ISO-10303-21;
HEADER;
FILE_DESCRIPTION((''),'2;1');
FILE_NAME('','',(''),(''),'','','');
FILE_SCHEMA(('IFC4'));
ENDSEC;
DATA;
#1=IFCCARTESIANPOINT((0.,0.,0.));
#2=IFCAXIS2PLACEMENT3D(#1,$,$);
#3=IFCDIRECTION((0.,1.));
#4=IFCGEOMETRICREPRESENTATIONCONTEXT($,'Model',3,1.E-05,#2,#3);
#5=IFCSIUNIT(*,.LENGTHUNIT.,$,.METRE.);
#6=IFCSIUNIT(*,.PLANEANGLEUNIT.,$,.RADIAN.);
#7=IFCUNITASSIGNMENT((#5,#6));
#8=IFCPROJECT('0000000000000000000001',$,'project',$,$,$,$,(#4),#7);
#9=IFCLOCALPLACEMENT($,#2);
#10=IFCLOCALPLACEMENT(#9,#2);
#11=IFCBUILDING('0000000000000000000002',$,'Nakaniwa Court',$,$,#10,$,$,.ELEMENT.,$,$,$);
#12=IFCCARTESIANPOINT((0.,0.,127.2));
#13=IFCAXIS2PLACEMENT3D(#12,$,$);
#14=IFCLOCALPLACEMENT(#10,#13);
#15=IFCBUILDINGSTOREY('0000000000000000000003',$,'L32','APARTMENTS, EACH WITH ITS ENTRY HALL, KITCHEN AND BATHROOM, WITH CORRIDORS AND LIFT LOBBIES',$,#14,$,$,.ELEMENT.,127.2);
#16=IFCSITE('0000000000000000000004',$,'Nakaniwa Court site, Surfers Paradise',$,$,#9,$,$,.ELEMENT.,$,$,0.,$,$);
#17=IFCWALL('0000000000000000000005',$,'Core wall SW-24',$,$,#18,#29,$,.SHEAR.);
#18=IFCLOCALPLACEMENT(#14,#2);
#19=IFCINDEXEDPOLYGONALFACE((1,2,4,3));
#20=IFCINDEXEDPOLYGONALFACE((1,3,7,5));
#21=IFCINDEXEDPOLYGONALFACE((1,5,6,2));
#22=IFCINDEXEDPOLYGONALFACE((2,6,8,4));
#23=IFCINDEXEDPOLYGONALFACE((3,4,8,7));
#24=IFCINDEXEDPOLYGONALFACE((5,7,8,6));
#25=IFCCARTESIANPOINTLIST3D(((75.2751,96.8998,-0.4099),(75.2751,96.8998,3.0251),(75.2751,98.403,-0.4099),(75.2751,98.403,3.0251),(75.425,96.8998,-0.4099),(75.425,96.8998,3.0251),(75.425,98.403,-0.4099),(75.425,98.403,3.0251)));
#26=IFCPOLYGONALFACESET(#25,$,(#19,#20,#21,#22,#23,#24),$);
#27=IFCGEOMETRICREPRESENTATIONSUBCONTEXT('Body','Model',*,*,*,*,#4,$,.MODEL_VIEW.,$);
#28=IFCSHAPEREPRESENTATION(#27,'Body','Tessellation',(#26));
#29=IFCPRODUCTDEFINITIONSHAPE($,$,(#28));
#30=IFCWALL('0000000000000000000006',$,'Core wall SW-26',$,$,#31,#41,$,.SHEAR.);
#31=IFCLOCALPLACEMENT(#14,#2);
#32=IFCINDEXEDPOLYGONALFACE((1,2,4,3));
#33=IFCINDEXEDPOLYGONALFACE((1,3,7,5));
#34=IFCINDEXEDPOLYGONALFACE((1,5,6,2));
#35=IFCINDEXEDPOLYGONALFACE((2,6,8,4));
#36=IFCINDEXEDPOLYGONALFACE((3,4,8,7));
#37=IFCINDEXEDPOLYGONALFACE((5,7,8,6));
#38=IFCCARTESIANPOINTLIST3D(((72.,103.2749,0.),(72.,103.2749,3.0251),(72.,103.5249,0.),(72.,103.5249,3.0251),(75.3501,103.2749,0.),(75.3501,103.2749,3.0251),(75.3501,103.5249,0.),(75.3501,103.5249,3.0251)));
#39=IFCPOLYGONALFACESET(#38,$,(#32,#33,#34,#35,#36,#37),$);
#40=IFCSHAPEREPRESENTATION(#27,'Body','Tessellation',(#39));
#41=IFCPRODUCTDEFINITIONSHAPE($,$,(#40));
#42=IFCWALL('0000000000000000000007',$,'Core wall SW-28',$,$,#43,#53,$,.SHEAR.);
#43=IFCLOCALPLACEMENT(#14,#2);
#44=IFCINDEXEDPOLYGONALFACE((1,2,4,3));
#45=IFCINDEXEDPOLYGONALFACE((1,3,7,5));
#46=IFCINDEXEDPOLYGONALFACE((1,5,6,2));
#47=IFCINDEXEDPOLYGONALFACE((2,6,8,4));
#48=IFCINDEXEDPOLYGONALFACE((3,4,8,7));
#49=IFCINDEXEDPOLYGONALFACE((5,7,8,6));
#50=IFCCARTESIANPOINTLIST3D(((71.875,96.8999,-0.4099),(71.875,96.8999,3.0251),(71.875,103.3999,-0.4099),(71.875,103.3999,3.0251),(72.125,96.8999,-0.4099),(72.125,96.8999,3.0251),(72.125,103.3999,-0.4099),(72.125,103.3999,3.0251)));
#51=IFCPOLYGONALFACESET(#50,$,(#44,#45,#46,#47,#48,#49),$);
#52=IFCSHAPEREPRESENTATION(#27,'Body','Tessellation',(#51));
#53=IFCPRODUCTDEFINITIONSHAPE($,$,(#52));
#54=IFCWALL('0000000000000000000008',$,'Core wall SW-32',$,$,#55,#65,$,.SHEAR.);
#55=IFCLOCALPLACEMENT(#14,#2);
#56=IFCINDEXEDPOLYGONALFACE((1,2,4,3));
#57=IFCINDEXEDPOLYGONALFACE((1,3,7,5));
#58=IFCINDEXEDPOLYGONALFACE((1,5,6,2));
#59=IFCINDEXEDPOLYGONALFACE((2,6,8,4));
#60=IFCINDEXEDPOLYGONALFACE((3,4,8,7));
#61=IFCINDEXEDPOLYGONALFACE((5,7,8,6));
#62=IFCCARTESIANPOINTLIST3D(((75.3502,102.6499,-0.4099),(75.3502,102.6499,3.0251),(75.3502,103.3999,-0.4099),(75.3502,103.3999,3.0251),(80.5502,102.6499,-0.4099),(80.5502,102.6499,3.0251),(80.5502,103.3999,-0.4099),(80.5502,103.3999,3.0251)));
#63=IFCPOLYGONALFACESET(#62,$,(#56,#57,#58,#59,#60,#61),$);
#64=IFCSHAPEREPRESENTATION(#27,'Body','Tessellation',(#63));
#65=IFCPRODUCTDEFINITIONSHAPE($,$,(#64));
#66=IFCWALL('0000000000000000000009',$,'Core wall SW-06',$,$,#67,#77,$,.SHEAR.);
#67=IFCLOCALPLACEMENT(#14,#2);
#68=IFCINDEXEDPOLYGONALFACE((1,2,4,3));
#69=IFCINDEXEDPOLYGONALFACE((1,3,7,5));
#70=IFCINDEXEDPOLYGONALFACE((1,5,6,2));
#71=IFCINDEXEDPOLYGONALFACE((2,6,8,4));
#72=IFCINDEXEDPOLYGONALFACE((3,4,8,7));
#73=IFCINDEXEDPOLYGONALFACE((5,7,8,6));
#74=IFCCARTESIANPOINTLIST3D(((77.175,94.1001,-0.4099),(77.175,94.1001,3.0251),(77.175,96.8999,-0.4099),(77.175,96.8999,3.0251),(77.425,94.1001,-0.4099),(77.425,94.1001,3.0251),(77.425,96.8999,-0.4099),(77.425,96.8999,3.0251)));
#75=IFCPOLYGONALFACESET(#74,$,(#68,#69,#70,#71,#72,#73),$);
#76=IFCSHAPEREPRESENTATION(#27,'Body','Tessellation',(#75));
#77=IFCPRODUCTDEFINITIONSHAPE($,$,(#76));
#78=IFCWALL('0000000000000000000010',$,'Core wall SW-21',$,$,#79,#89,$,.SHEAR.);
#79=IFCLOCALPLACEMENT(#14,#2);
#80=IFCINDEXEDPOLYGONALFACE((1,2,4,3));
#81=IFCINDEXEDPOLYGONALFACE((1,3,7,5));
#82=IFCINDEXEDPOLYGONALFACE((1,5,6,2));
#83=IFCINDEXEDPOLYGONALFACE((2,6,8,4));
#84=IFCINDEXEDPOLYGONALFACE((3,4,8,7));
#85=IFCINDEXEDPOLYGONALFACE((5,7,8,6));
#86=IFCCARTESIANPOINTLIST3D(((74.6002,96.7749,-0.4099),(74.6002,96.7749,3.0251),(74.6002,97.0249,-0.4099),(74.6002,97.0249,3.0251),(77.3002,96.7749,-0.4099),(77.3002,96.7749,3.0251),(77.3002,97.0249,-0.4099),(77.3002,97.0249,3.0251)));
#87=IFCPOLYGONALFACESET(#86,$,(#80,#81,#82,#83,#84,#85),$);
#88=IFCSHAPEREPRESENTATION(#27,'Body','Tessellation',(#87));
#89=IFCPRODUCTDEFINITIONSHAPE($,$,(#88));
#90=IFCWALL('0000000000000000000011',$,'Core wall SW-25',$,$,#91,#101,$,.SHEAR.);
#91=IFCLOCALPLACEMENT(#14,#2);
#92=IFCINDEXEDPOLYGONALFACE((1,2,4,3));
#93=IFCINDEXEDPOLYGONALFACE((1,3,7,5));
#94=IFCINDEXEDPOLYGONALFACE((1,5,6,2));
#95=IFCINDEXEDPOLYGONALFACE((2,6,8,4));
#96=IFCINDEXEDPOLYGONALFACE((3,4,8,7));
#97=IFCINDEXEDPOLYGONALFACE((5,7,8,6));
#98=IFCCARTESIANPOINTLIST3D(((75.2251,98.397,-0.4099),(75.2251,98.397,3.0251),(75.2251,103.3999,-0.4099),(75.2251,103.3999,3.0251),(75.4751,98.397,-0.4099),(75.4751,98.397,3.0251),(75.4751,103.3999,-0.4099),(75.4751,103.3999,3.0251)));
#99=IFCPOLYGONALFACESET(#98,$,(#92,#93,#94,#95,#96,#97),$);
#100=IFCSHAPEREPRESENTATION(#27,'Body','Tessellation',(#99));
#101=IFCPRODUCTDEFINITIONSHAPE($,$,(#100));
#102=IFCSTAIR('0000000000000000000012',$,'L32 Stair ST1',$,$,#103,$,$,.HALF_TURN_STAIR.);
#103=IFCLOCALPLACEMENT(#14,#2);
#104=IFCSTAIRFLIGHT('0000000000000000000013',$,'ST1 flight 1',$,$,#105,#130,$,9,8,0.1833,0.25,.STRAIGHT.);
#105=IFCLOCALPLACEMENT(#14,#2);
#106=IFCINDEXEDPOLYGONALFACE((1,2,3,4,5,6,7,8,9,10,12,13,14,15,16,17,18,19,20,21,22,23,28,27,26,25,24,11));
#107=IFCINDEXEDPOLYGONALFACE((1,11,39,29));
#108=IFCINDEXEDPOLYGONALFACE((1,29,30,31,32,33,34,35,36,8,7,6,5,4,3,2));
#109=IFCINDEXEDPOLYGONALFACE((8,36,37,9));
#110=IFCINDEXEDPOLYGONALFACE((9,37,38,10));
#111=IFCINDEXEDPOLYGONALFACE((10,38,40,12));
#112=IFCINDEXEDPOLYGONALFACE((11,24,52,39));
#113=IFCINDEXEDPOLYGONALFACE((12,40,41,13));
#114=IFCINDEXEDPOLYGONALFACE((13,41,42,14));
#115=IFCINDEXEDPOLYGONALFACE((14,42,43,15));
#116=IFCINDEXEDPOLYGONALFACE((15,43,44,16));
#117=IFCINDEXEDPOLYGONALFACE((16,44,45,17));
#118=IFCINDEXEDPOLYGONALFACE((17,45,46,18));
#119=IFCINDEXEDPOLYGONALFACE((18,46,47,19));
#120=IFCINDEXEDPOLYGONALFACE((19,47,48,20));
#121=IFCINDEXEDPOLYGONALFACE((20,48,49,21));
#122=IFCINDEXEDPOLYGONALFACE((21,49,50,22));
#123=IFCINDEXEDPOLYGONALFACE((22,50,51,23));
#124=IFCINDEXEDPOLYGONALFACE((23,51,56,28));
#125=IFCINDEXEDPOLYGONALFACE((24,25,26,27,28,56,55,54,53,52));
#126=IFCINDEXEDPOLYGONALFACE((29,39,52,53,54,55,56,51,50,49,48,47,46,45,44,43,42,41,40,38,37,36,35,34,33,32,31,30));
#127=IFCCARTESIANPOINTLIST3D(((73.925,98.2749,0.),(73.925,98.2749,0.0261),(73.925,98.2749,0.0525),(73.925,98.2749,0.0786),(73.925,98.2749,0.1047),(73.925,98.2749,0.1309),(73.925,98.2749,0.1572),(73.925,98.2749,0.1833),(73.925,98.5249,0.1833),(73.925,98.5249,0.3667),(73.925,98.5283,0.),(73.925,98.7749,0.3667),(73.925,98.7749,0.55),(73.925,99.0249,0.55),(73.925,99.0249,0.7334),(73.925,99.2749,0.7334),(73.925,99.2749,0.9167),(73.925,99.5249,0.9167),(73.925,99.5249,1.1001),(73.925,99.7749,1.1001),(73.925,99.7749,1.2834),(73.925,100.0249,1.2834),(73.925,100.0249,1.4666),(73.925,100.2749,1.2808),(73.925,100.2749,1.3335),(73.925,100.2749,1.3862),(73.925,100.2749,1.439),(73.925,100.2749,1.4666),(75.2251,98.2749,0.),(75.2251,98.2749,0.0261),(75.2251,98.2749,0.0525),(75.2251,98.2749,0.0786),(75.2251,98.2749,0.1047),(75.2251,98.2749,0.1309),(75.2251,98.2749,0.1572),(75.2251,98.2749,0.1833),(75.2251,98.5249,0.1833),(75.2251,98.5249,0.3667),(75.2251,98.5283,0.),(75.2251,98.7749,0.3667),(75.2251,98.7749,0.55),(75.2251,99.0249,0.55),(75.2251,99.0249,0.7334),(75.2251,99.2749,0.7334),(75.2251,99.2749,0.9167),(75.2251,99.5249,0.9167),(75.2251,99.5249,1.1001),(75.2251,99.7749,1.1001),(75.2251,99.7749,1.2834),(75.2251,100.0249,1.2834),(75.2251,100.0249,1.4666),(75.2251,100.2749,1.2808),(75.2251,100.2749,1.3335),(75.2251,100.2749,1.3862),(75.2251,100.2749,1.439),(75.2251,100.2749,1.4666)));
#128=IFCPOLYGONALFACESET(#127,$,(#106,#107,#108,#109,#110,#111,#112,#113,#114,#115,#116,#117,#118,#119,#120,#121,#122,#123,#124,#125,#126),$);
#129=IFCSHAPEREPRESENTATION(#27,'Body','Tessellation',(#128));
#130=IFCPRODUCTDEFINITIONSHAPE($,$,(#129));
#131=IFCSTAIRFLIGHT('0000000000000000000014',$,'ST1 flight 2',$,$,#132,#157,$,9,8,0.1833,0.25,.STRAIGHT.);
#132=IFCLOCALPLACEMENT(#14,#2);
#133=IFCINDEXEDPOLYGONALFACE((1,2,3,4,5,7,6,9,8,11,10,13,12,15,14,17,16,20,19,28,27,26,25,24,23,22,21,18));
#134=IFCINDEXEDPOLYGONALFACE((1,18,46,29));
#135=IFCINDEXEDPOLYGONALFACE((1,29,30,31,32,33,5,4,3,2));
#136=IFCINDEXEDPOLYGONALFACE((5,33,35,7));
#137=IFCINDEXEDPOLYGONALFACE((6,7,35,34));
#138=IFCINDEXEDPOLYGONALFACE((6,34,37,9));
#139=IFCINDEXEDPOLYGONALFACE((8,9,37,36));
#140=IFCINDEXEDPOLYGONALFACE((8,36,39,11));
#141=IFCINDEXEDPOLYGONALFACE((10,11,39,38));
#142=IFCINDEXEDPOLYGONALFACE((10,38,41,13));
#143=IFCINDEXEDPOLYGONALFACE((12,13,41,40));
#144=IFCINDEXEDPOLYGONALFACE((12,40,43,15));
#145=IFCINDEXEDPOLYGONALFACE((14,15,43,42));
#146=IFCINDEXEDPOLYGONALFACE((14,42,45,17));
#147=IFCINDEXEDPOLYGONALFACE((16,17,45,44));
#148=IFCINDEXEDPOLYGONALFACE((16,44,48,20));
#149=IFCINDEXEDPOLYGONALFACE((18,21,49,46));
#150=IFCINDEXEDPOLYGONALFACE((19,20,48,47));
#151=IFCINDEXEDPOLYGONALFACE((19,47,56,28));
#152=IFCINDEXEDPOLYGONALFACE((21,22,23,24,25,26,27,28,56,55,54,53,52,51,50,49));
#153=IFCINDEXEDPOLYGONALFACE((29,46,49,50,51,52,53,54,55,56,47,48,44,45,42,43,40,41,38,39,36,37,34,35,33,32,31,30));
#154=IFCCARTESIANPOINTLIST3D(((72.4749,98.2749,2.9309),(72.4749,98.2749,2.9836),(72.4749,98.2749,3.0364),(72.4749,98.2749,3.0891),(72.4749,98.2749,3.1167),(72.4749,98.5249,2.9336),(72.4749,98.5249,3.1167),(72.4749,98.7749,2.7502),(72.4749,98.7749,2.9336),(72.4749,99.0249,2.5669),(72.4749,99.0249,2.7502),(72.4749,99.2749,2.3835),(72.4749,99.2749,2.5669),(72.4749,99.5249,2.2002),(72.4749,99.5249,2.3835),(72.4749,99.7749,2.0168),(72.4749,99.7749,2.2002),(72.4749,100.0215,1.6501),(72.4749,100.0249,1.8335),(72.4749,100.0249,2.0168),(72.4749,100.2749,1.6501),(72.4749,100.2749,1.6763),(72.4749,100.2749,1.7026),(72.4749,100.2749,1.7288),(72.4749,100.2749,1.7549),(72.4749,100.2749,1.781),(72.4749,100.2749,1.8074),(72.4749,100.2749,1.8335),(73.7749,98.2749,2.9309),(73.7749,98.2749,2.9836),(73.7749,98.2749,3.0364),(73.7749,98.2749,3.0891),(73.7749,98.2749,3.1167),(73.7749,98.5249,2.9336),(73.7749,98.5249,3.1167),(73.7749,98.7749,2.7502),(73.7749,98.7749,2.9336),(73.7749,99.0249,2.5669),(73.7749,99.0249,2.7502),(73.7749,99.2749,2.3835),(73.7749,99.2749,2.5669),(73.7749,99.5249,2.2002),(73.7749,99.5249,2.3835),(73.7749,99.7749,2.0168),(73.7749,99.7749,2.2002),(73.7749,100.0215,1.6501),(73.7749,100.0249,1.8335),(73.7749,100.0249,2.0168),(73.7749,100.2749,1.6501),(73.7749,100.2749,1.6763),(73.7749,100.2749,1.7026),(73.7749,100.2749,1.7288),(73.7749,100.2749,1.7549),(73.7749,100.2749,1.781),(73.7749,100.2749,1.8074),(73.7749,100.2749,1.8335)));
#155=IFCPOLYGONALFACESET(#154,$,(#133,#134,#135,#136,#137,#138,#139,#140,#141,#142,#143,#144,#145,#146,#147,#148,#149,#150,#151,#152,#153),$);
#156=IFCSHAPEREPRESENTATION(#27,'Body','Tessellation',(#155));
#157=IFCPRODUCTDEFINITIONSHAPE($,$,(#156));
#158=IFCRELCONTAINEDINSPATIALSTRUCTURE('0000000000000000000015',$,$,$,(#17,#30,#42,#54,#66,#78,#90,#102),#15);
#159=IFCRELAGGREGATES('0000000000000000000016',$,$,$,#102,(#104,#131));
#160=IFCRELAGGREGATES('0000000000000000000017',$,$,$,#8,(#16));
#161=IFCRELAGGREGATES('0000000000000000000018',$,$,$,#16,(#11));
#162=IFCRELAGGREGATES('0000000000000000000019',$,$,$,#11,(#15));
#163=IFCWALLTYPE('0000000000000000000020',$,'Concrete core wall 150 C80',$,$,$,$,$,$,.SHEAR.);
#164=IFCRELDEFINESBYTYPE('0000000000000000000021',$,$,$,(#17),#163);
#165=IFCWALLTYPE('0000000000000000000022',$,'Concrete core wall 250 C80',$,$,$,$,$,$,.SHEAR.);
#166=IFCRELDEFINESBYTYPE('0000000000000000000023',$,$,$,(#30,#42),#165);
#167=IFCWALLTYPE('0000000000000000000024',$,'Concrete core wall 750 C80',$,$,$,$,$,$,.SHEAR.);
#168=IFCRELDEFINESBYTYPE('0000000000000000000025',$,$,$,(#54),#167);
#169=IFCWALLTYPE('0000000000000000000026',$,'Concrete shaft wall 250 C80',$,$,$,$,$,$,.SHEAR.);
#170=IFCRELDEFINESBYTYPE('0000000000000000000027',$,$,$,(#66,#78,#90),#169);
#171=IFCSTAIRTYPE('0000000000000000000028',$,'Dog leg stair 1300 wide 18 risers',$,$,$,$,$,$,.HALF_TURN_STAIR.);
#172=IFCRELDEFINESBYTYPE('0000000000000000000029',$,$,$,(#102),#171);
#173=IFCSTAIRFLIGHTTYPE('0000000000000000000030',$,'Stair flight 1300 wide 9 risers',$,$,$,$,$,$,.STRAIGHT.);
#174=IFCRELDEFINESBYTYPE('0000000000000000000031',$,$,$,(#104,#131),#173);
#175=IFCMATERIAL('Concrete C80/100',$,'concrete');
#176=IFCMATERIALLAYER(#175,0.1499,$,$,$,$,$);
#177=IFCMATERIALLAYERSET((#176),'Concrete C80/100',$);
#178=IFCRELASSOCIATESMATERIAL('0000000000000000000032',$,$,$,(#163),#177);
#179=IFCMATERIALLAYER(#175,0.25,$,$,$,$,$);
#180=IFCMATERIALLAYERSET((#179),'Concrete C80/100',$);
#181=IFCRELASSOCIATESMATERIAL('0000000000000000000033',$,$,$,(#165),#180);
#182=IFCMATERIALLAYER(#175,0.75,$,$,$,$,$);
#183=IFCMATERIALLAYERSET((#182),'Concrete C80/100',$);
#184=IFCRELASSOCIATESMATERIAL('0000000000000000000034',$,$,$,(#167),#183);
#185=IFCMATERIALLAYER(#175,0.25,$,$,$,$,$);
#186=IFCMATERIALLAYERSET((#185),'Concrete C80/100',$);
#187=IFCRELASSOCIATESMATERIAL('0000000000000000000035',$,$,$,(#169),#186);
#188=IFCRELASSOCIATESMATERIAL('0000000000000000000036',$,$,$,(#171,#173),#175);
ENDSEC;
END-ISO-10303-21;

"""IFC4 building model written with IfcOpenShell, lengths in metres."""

from ifc_helpers import new_model, si_unit, direction, frame, frame_2d, origin, place, context, subcontext, project, spatial, polyline, rectangle, outline, extrude, material, layer, layer_set, type_object, element, aggregate, save


model = new_model("IFC4")

# Units and contexts
model_context = context("Model", 3, precision=1e-05, world=origin(), true_north=direction((0.0, 1.0)))
body_context = subcontext(model_context, "Body", "Model", "MODEL_VIEW")
ifc_project = project(units=[si_unit("LENGTHUNIT", "METRE"), si_unit("PLANEANGLEUNIT", "RADIAN")], contexts=[model_context])

# Site, building, storey
site_placement = place(None, origin())
site = spatial("IfcSite", under=ifc_project, at=site_placement, Name="Nakaniwa Court site, Surfers Paradise", CompositionType="ELEMENT", RefElevation=0.0)
building_placement = place(site_placement, origin())
building = spatial("IfcBuilding", under=site, at=building_placement, Name="Nakaniwa Court", CompositionType="ELEMENT")
storey_placement = place(building_placement, frame((0.0, 0.0, 127.2)))
storey = spatial("IfcBuildingStorey", under=building, at=storey_placement, Name="L32", Description="APARTMENTS, EACH WITH ITS ENTRY HALL, KITCHEN AND BATHROOM, WITH CORRIDORS AND LIFT LOBBIES", CompositionType="ELEMENT", Elevation=127.2)

# Shared definitions
ifc_material_1 = material(Name="Concrete C80/100", Category="concrete")

# Shared definitions
ifc_layer_1 = layer(ifc_material_1, 0.1499)
ifc_layer_set_1 = layer_set([ifc_layer_1], Name="Concrete C80/100")
wall_type_1 = type_object("IfcWallType", Name="Concrete core wall 150 C80", PredefinedType="SHEAR", material=ifc_layer_set_1)

# Walls
wall_1_placement = place(storey_placement, frame((75.3501, 96.8999, -0.4099), z_axis=(0.0, 0.0, 1.0), x_axis=(0.0, 1.0, 0.0)))
element("IfcWall", 1, at=wall_1_placement, inside=storey, type_object=wall_type_1, Name="Core wall SW-24", PredefinedType="SHEAR", context=body_context, shape_type="SweptSolid", body=[
    extrude(rectangle(XDim=1.5032, YDim=0.1499, at=frame_2d((0.7515, 0.0))), origin(), (0.0, 0.0, 1.0), 3.4351),
])
ifc_layer_2 = layer(ifc_material_1, 0.25)
ifc_layer_set_2 = layer_set([ifc_layer_2], Name="Concrete C80/100")
wall_type_2 = type_object("IfcWallType", Name="Concrete core wall 250 C80", PredefinedType="SHEAR", material=ifc_layer_set_2)
wall_2_placement = place(storey_placement, frame((72.0, 103.3999, 0.0), z_axis=(0.0, 0.0, 1.0), x_axis=(1.0, 0.0, 0.0)))
element("IfcWall", 2, at=wall_2_placement, inside=storey, type_object=wall_type_2, Name="Core wall SW-26", PredefinedType="SHEAR", context=body_context, shape_type="SweptSolid", body=[
    extrude(rectangle(XDim=3.3501, YDim=0.25, at=frame_2d((1.675, 0.0))), origin(), (0.0, 0.0, 1.0), 3.0251),
])
wall_3_placement = place(storey_placement, frame((72.0, 96.8999, -0.4099), z_axis=(0.0, 0.0, 1.0), x_axis=(0.0, 1.0, 0.0)))
element("IfcWall", 3, at=wall_3_placement, inside=storey, type_object=wall_type_2, Name="Core wall SW-28", PredefinedType="SHEAR", context=body_context, shape_type="SweptSolid", body=[
    extrude(rectangle(XDim=6.5, YDim=0.25, at=frame_2d((3.25, 0.0))), origin(), (0.0, 0.0, 1.0), 3.4351),
])
ifc_layer_3 = layer(ifc_material_1, 0.75)
ifc_layer_set_3 = layer_set([ifc_layer_3], Name="Concrete C80/100")
wall_type_3 = type_object("IfcWallType", Name="Concrete core wall 750 C80", PredefinedType="SHEAR", material=ifc_layer_set_3)
wall_4_placement = place(storey_placement, frame((75.3501, 103.0249, -0.4099), z_axis=(0.0, 0.0, 1.0), x_axis=(1.0, 0.0, 0.0)))
element("IfcWall", 4, at=wall_4_placement, inside=storey, type_object=wall_type_3, Name="Core wall SW-32", PredefinedType="SHEAR", context=body_context, shape_type="SweptSolid", body=[
    extrude(rectangle(XDim=5.2, YDim=0.75, at=frame_2d((2.6001, 0.0))), origin(), (0.0, 0.0, 1.0), 3.4351),
])
ifc_layer_4 = layer(ifc_material_1, 0.25)
ifc_layer_set_4 = layer_set([ifc_layer_4], Name="Concrete C80/100")
wall_type_4 = type_object("IfcWallType", Name="Concrete shaft wall 250 C80", PredefinedType="SHEAR", material=ifc_layer_set_4)
wall_5_placement = place(storey_placement, frame((77.3, 94.1001, -0.4099), z_axis=(0.0, 0.0, 1.0), x_axis=(0.0, 1.0, 0.0)))
element("IfcWall", 5, at=wall_5_placement, inside=storey, type_object=wall_type_4, Name="Core wall SW-06", PredefinedType="SHEAR", context=body_context, shape_type="SweptSolid", body=[
    extrude(rectangle(XDim=2.7998, YDim=0.25, at=frame_2d((1.3999, 0.0))), origin(), (0.0, 0.0, 1.0), 3.4351),
])
wall_6_placement = place(storey_placement, frame((74.6001, 96.8999, -0.4099), z_axis=(0.0, 0.0, 1.0), x_axis=(1.0, 0.0, 0.0)))
element("IfcWall", 6, at=wall_6_placement, inside=storey, type_object=wall_type_4, Name="Core wall SW-21", PredefinedType="SHEAR", context=body_context, shape_type="SweptSolid", body=[
    extrude(rectangle(XDim=2.7, YDim=0.25, at=frame_2d((1.3501, 0.0))), origin(), (0.0, 0.0, 1.0), 3.4351),
])
wall_7_placement = place(storey_placement, frame((75.3501, 98.397, -0.4099), z_axis=(0.0, 0.0, 1.0), x_axis=(0.0, 1.0, 0.0)))
element("IfcWall", 7, at=wall_7_placement, inside=storey, type_object=wall_type_4, Name="Core wall SW-25", PredefinedType="SHEAR", context=body_context, shape_type="SweptSolid", body=[
    extrude(rectangle(XDim=5.0029, YDim=0.25, at=frame_2d((2.5015, 0.0))), origin(), (0.0, 0.0, 1.0), 3.4351),
])

# Stair, stair flights
stair_type = type_object("IfcStairType", Name="Dog leg stair 1300 wide 18 risers", PredefinedType="HALF_TURN_STAIR", material=ifc_material_1)
stair_placement = place(storey_placement, origin())
stair = element("IfcStair", 8, at=stair_placement, inside=storey, type_object=stair_type, Name="L32 Stair ST1", PredefinedType="HALF_TURN_STAIR")
stair_flight_type = type_object("IfcStairFlightType", Name="Stair flight 1300 wide 9 risers", PredefinedType="STRAIGHT", material=ifc_material_1)
stair_flight_1_placement = place(storey_placement, frame((74.575, 98.2749, 0.0), z_axis=(0.0, 0.0, 1.0), x_axis=(0.0, 1.0, 0.0)))
stair_flight_1 = element("IfcStairFlight", 9, at=stair_flight_1_placement, type_object=stair_flight_type, Name="ST1 flight 1", NumberOfRisers=9, NumberOfTreads=8, PredefinedType="STRAIGHT", RiserHeight=0.1833, TreadLength=0.25, context=body_context, shape_type="SweptSolid", body=[
    extrude(outline(polyline([(0.0, 0.0), (0.0, 0.0261), (0.0, 0.0525), (0.0, 0.0786), (0.0, 0.1047), (0.0, 0.1309), (0.0, 0.1572), (0.0, 0.1833), (0.25, 0.1833), (0.25, 0.3667), (0.5, 0.3667), (0.5, 0.55), (0.75, 0.55), (0.75, 0.7334), (1.0, 0.7334), (1.0, 0.9167), (1.25, 0.9167), (1.25, 1.1001), (1.5, 1.1001), (1.5, 1.2834), (1.75, 1.2834), (1.75, 1.4666), (2.0, 1.4666), (2.0, 1.6499), (2.0, 1.5972), (2.0, 1.5444), (2.0, 1.4917), (2.0, 1.439), (2.0, 1.3862), (2.0, 1.3335), (2.0, 1.2808), (0.2534, 0.0), (0.0, 0.0)])), frame((0.0, 0.6499, 0.0), z_axis=(0.0, -1.0, 0.0), x_axis=(1.0, 0.0, 0.0)), (0.0, 0.0, 1.0), 1.3),
])
stair_flight_2_placement = place(storey_placement, frame((73.125, 100.2749, 1.6501), z_axis=(0.0, 0.0, 1.0), x_axis=(0.0, -1.0, 0.0)))
stair_flight_2 = element("IfcStairFlight", 10, at=stair_flight_2_placement, type_object=stair_flight_type, Name="ST1 flight 2", NumberOfRisers=9, NumberOfTreads=8, PredefinedType="STRAIGHT", RiserHeight=0.1833, TreadLength=0.25, context=body_context, shape_type="SweptSolid", body=[
    extrude(outline(polyline([(0.0, 0.0), (0.0, 0.0261), (0.0, 0.0525), (0.0, 0.0786), (0.0, 0.1047), (0.0, 0.1309), (0.0, 0.1572), (0.0, 0.1833), (0.25, 0.1833), (0.25, 0.3667), (0.5, 0.3667), (0.5, 0.55), (0.75, 0.55), (0.75, 0.7334), (1.0, 0.7334), (1.0, 0.9167), (1.25, 0.9167), (1.25, 1.1001), (1.5, 1.1001), (1.5, 1.2834), (1.75, 1.2834), (1.75, 1.4666), (2.0, 1.4666), (2.0, 1.6499), (2.0, 1.5972), (2.0, 1.5444), (2.0, 1.4917), (2.0, 1.439), (2.0, 1.3862), (2.0, 1.3335), (2.0, 1.2808), (0.2534, 0.0), (0.0, 0.0)])), frame((0.0, 0.6499, 0.0), z_axis=(0.0, -1.0, 0.0), x_axis=(1.0, 0.0, 0.0)), (0.0, 0.0, 1.0), 1.3),
])
aggregate(stair, [stair_flight_1, stair_flight_2])

save(model, "model.ifc")
